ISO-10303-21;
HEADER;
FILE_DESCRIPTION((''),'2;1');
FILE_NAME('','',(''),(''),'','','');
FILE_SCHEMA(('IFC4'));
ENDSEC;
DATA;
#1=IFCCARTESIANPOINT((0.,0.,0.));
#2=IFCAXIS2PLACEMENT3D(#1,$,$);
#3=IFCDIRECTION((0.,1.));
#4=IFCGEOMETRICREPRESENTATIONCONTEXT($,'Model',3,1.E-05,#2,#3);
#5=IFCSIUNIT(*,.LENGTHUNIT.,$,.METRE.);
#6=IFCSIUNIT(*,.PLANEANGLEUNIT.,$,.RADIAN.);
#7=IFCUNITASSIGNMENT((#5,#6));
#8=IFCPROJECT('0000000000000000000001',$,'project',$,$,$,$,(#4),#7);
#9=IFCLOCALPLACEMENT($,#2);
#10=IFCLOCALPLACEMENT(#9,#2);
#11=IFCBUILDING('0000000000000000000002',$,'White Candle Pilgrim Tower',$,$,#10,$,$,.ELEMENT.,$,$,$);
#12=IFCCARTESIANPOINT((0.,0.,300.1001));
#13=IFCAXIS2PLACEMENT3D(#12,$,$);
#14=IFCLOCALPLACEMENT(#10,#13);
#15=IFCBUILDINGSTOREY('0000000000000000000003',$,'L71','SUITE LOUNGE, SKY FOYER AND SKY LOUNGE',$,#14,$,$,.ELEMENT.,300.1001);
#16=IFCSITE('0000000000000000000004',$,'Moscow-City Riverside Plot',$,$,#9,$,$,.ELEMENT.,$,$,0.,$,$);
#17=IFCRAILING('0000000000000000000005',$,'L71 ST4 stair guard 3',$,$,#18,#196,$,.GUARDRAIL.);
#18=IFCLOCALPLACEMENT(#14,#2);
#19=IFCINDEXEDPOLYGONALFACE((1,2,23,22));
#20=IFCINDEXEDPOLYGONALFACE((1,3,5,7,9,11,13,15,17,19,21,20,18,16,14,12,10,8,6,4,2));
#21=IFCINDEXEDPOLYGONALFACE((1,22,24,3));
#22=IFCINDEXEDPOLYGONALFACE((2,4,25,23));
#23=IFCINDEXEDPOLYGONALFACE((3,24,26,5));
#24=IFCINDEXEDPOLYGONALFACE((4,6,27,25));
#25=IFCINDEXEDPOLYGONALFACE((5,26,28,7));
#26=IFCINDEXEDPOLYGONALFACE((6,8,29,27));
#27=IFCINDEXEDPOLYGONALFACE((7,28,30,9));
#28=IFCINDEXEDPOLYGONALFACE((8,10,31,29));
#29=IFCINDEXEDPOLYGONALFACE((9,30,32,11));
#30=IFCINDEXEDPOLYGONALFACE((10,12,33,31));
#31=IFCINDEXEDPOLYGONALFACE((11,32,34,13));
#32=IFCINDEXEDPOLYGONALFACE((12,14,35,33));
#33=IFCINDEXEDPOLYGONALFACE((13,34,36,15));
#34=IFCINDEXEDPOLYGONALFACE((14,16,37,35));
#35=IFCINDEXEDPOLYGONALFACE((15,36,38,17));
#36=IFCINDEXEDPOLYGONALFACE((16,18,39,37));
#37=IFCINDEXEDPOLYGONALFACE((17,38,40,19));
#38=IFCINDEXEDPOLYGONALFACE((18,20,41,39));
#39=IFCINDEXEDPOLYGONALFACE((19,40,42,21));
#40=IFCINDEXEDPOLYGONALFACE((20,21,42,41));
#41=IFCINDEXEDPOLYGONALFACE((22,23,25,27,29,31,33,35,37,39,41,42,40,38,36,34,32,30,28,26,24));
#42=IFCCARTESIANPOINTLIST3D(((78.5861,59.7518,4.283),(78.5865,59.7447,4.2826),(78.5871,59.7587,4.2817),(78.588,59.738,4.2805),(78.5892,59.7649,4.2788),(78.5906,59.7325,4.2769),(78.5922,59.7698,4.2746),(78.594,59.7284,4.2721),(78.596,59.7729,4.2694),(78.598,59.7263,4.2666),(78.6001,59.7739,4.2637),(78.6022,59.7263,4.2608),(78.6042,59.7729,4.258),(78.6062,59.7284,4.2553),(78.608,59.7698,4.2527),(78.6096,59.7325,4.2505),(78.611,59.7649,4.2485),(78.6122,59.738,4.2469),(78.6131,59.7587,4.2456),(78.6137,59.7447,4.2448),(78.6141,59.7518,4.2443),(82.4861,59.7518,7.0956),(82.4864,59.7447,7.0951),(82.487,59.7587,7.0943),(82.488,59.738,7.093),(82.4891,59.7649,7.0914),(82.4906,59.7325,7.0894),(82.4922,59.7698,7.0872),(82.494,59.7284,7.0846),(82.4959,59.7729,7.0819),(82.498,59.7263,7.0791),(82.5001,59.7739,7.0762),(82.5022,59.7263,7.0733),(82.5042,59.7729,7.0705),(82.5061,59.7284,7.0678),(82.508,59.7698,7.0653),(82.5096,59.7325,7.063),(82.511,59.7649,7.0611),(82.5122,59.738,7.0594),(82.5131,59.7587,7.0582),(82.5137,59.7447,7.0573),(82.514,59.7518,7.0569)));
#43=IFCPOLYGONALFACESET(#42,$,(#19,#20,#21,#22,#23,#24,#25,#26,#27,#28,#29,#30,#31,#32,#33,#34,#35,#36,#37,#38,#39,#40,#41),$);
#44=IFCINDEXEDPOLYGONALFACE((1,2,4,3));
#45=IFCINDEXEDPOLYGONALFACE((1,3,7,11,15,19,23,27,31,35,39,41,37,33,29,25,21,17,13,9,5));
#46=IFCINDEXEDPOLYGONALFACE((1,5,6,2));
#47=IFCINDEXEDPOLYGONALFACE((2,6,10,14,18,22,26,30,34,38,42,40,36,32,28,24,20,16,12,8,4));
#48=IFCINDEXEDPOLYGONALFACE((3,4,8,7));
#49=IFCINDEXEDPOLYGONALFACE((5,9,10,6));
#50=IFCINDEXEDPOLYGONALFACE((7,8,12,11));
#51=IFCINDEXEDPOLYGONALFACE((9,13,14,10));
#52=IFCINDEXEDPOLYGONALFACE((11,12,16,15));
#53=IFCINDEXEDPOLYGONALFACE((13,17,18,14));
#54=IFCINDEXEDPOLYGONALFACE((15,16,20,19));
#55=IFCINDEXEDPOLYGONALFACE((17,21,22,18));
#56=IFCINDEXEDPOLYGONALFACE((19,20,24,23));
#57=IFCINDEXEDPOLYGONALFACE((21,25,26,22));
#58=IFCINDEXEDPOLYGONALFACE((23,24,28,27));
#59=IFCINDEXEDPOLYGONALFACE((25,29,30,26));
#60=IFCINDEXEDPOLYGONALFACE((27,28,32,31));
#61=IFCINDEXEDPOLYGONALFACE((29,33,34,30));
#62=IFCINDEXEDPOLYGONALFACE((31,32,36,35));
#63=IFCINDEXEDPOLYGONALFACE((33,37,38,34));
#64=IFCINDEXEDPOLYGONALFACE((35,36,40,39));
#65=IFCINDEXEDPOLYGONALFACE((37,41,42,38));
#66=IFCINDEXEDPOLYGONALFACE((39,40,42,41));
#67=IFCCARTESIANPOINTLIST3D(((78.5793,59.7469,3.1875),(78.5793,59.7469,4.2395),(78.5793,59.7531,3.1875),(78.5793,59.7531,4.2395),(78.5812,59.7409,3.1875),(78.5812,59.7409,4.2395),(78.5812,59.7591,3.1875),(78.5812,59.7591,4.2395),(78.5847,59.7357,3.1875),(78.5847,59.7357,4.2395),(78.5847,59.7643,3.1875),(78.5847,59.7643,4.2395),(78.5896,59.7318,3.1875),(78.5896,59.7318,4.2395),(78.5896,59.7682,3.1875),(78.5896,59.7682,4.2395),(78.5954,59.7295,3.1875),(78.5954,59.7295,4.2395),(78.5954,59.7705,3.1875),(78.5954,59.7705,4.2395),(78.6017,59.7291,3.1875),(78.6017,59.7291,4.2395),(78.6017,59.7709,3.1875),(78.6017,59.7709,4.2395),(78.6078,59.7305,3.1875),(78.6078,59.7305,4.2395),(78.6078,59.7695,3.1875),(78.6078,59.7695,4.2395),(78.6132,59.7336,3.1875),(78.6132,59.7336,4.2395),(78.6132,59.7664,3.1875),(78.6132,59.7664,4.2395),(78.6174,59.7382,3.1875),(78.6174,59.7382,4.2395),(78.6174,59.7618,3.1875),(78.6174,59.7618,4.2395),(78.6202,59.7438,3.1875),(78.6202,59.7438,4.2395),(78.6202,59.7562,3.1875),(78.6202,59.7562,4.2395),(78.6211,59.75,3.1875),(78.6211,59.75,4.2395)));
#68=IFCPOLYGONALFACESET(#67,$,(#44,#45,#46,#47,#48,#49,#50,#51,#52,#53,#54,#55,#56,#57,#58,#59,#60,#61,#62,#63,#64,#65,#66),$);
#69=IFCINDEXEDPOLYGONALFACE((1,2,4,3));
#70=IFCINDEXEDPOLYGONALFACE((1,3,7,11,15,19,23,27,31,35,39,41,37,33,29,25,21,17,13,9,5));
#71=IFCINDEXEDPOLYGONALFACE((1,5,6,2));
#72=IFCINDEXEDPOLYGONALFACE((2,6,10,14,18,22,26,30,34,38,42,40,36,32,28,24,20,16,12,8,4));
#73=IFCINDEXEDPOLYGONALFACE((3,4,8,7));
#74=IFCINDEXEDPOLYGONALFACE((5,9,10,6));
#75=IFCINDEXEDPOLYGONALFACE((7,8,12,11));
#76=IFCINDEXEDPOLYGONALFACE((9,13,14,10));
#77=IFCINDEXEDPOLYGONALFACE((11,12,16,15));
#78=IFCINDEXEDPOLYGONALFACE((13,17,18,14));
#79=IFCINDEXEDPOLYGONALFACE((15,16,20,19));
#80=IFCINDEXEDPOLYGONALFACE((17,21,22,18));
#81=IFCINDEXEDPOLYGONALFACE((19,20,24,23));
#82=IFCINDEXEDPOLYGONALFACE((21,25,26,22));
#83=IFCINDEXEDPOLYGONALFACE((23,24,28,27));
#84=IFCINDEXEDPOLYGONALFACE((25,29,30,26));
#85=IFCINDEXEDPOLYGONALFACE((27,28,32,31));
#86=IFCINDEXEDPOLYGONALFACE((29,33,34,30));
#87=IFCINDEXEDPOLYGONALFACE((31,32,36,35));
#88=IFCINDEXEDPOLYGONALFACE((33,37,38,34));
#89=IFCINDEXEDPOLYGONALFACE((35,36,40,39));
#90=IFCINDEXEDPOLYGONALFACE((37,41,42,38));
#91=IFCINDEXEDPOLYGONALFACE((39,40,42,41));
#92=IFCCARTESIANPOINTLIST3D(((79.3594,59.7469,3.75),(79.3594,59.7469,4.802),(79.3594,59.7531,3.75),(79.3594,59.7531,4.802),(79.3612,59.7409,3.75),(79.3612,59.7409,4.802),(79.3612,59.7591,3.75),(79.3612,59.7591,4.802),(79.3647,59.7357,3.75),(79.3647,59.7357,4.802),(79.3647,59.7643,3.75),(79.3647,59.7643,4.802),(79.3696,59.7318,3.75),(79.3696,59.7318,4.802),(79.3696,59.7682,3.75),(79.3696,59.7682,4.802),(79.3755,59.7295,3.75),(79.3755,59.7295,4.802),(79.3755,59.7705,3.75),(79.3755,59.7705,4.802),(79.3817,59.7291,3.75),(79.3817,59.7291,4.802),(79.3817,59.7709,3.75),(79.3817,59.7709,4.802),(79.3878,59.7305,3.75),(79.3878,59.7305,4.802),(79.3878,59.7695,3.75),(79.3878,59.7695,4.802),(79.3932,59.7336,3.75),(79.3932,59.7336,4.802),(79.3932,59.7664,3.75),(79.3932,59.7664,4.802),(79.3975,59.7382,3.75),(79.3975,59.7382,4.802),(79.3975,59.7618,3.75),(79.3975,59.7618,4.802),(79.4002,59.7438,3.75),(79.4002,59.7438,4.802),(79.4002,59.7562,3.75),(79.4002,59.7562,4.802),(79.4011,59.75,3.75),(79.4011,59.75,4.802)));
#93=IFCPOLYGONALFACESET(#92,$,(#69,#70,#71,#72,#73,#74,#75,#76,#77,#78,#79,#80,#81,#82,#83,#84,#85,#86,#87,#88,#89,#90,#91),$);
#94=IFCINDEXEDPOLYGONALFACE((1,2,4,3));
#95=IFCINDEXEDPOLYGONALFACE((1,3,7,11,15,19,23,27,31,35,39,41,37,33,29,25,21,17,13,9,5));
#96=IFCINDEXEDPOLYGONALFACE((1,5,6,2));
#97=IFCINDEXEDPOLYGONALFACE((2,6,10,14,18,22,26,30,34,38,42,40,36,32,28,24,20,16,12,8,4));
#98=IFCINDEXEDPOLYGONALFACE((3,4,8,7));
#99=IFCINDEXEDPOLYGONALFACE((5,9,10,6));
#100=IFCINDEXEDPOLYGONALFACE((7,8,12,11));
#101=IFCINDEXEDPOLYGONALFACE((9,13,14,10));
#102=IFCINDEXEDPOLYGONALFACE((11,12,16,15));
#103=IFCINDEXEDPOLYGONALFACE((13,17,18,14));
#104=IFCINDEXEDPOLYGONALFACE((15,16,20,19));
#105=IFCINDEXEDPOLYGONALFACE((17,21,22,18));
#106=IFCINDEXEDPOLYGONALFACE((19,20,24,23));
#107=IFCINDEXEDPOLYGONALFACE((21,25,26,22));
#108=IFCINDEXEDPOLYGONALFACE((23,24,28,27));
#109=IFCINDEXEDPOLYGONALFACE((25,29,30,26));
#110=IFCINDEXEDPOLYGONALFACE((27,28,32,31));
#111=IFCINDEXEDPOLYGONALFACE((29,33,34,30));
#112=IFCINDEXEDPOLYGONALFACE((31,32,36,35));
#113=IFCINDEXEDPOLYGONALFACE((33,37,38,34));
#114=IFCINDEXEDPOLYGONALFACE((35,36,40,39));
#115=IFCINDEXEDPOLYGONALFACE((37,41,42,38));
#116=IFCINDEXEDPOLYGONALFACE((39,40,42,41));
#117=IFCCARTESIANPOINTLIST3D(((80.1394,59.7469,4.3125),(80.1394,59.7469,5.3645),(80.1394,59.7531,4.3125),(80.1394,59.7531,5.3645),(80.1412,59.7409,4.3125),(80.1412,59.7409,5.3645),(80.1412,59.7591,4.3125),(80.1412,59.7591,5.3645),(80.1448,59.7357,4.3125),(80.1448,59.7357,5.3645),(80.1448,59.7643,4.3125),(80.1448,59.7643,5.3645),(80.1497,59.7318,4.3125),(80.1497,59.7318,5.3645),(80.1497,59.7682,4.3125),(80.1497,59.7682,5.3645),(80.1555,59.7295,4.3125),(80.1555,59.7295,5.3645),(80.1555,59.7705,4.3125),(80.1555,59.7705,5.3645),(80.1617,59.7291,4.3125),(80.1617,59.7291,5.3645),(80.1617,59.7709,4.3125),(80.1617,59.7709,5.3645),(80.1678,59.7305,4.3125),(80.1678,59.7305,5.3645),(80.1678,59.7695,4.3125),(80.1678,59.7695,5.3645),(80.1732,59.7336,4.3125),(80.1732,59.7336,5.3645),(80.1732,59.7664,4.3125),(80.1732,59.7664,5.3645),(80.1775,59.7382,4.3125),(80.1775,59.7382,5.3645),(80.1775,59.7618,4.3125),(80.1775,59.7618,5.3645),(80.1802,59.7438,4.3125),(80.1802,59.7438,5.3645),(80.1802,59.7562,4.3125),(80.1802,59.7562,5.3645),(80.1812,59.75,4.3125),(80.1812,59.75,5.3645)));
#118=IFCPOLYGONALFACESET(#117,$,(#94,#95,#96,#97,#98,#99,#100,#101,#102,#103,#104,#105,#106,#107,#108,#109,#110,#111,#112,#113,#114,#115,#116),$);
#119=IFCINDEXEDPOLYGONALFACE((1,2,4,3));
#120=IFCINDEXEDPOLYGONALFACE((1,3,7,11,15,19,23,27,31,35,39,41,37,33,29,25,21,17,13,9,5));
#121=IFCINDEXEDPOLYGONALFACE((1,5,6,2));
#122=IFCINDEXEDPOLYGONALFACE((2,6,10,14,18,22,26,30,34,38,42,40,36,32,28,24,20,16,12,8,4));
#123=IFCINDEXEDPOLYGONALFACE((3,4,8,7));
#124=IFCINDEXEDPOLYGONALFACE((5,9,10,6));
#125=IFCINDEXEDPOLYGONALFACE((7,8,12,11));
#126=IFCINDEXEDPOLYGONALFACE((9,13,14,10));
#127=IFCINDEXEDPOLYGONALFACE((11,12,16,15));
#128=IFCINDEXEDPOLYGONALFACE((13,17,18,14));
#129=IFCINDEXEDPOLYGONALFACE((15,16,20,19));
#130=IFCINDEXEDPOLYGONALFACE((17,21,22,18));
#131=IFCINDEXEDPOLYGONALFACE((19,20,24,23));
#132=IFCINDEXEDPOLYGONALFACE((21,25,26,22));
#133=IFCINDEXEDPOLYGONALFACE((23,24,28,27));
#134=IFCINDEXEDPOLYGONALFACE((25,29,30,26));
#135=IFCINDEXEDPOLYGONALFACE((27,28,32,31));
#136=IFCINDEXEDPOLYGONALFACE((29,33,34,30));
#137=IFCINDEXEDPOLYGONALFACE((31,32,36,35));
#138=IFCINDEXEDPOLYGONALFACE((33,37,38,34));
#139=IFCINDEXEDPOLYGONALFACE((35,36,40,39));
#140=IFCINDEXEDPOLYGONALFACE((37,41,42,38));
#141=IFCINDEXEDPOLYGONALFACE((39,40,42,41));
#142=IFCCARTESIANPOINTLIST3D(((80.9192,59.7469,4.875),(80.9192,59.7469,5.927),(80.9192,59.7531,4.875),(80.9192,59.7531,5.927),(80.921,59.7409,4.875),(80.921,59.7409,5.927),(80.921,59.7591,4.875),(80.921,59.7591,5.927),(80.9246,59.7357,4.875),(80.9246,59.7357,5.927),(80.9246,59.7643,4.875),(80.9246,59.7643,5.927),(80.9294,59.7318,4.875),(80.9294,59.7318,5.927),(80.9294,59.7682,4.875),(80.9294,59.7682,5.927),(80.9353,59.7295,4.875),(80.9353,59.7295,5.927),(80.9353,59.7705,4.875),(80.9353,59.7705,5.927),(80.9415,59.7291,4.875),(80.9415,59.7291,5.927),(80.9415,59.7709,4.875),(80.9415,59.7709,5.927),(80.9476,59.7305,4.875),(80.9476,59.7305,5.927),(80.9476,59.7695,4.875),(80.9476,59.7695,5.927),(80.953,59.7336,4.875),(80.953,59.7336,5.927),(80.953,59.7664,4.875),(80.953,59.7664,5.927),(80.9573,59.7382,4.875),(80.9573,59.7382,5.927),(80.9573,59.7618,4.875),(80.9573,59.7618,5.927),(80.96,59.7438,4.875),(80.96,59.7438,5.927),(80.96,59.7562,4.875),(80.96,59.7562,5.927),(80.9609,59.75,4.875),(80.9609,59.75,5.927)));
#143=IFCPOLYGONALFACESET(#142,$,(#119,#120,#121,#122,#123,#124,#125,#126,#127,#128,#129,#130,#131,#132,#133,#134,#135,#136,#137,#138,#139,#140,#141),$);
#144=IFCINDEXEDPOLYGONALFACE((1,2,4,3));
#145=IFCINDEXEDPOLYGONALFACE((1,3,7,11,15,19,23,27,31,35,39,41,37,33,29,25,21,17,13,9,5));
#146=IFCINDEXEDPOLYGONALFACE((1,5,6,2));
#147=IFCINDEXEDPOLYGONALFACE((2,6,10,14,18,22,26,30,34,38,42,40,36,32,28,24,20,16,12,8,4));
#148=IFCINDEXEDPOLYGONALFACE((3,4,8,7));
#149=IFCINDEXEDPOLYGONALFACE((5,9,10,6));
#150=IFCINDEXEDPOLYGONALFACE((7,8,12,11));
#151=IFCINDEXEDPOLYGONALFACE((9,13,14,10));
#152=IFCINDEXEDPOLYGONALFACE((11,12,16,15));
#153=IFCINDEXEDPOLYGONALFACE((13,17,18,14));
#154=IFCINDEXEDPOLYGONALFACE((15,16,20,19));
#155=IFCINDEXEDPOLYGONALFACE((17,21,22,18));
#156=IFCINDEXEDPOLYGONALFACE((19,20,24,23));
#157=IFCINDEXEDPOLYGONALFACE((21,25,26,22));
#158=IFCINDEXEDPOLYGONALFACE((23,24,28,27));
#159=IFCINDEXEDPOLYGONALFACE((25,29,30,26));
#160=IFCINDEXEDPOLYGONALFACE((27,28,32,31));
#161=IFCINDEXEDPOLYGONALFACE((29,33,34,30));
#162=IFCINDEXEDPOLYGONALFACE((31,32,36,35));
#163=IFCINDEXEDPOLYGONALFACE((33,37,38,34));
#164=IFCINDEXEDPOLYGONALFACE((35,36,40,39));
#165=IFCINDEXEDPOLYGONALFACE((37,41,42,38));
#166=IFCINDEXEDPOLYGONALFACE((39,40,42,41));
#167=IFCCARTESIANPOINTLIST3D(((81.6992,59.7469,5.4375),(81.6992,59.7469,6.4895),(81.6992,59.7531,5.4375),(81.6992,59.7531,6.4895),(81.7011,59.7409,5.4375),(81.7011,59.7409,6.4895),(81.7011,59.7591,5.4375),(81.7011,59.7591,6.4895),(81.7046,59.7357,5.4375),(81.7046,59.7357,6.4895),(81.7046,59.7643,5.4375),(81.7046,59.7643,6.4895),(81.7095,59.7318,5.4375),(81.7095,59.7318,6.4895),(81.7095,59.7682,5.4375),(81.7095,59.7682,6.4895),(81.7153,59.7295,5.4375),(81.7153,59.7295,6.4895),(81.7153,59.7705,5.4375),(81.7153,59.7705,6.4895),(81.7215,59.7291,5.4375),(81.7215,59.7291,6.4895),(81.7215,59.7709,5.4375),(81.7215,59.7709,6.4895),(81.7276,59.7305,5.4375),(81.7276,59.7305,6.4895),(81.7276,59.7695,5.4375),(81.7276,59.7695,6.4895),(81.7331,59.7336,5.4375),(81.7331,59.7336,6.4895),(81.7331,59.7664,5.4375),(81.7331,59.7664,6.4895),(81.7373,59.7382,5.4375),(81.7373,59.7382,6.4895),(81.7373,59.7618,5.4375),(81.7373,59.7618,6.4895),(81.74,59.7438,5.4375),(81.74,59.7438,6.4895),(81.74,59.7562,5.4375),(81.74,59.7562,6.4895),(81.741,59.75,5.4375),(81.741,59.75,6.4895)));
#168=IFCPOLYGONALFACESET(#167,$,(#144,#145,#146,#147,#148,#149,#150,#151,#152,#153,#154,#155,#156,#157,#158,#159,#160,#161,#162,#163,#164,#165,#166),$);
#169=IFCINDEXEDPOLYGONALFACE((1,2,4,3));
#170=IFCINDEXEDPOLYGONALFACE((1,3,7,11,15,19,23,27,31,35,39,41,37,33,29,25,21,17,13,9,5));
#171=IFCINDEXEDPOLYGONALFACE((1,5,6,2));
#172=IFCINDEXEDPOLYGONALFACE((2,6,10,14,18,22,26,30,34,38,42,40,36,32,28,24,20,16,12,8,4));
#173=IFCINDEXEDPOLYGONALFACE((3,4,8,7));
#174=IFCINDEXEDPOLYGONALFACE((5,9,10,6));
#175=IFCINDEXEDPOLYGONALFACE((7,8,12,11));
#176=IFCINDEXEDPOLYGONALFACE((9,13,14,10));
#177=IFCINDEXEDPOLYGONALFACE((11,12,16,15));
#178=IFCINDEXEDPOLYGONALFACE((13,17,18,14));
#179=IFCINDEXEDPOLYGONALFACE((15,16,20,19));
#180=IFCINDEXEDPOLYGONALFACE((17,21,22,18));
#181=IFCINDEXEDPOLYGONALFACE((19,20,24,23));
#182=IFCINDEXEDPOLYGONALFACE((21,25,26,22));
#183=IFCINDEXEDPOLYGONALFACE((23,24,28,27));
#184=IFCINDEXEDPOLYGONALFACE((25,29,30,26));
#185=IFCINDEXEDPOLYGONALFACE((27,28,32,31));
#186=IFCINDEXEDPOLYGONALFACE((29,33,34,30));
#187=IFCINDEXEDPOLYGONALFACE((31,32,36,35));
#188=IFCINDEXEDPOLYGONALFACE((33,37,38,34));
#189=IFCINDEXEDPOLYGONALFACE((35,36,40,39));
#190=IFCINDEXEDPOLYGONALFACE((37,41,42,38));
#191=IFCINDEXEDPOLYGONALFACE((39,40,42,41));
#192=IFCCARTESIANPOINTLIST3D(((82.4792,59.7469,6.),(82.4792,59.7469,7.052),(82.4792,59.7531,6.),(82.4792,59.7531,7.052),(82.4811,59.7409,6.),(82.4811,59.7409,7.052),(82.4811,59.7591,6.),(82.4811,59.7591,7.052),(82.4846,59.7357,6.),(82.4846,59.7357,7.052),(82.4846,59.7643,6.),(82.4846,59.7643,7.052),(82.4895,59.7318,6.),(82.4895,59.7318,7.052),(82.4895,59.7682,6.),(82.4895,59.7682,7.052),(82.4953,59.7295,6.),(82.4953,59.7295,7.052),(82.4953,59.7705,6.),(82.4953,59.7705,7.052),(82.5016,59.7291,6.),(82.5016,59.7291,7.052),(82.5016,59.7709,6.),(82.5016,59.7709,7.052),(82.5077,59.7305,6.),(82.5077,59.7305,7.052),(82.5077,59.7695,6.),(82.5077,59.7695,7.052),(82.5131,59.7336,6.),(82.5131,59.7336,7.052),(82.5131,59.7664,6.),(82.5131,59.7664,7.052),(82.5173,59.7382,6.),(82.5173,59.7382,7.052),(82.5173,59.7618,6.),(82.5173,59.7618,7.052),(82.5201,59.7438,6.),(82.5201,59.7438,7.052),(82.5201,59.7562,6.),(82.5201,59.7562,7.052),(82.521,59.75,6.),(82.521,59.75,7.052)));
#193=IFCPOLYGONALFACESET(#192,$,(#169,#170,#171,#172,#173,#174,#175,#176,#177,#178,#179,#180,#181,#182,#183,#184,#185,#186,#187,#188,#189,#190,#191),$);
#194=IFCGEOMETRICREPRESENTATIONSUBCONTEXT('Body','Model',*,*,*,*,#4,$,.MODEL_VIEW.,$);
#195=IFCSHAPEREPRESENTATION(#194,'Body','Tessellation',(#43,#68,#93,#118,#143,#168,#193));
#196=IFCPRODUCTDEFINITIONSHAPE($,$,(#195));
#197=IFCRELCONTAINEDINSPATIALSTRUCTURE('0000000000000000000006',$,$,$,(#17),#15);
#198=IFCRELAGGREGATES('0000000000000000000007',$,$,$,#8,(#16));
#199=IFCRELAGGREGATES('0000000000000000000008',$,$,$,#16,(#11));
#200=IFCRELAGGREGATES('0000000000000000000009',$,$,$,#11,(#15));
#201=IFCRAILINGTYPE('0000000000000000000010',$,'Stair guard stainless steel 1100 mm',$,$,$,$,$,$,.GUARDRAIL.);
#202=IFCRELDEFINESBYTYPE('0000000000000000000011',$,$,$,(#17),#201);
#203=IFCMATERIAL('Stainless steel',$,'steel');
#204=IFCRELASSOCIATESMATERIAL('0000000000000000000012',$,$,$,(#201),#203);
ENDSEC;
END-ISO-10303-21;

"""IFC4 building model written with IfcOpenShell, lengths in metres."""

from ifc_helpers import new_model, si_unit, direction, frame, origin, origin_2d, place, context, subcontext, project, spatial, circle, extrude, material, type_object, element, save


model = new_model("IFC4")

# Units and contexts
model_context = context("Model", 3, precision=1e-05, world=origin(), true_north=direction((0.0, 1.0)))
body_context = subcontext(model_context, "Body", "Model", "MODEL_VIEW")
ifc_project = project(units=[si_unit("LENGTHUNIT", "METRE"), si_unit("PLANEANGLEUNIT", "RADIAN")], contexts=[model_context])

# Site, building, storey
site_placement = place(None, origin())
site = spatial("IfcSite", under=ifc_project, at=site_placement, Name="Moscow-City Riverside Plot", CompositionType="ELEMENT", RefElevation=0.0)
building_placement = place(site_placement, origin())
building = spatial("IfcBuilding", under=site, at=building_placement, Name="White Candle Pilgrim Tower", CompositionType="ELEMENT")
storey_placement = place(building_placement, frame((0.0, 0.0, 300.1001)))
storey = spatial("IfcBuildingStorey", under=building, at=storey_placement, Name="L71", Description="SUITE LOUNGE, SKY FOYER AND SKY LOUNGE", CompositionType="ELEMENT", Elevation=300.1001)

# Railing
ifc_material_1 = material(Name="Stainless steel", Category="steel")
railing_type_1 = type_object("IfcRailingType", Name="Stair guard stainless steel 1100 mm", PredefinedType="GUARDRAIL", material=ifc_material_1)
railing_1_placement = place(storey_placement, frame((78.6001, 59.75, 3.1875)))
element("IfcRailing", 1, at=railing_1_placement, inside=storey, type_object=railing_type_1, Name="L71 ST4 stair guard 3", PredefinedType="GUARDRAIL", context=body_context, shape_type="SweptSolid", body=[
    extrude(circle(Radius=0.0239, at=origin_2d()), frame((0.0, 0.0, 1.0762), z_axis=(0.811083, 0.0, 0.584931), x_axis=(0.0, 1.0, 0.0)), (0.0, 0.0, 1.0), 4.8083),
    extrude(circle(Radius=0.021, at=origin_2d()), origin(), (0.0, 0.0, 1.0), 1.052),
    extrude(circle(Radius=0.021, at=origin_2d()), frame((0.78, 0.0, 0.5625)), (0.0, 0.0, 1.0), 1.052),
    extrude(circle(Radius=0.021, at=origin_2d()), frame((1.5601, 0.0, 1.125)), (0.0, 0.0, 1.0), 1.052),
    extrude(circle(Radius=0.021, at=origin_2d()), frame((2.3398, 0.0, 1.6875)), (0.0, 0.0, 1.0), 1.052),
    extrude(circle(Radius=0.021, at=origin_2d()), frame((3.1199, 0.0, 2.25)), (0.0, 0.0, 1.0), 1.052),
    extrude(circle(Radius=0.021, at=origin_2d()), frame((3.8999, 0.0, 2.8125)), (0.0, 0.0, 1.0), 1.052),
])

save(model, "model.ifc")
